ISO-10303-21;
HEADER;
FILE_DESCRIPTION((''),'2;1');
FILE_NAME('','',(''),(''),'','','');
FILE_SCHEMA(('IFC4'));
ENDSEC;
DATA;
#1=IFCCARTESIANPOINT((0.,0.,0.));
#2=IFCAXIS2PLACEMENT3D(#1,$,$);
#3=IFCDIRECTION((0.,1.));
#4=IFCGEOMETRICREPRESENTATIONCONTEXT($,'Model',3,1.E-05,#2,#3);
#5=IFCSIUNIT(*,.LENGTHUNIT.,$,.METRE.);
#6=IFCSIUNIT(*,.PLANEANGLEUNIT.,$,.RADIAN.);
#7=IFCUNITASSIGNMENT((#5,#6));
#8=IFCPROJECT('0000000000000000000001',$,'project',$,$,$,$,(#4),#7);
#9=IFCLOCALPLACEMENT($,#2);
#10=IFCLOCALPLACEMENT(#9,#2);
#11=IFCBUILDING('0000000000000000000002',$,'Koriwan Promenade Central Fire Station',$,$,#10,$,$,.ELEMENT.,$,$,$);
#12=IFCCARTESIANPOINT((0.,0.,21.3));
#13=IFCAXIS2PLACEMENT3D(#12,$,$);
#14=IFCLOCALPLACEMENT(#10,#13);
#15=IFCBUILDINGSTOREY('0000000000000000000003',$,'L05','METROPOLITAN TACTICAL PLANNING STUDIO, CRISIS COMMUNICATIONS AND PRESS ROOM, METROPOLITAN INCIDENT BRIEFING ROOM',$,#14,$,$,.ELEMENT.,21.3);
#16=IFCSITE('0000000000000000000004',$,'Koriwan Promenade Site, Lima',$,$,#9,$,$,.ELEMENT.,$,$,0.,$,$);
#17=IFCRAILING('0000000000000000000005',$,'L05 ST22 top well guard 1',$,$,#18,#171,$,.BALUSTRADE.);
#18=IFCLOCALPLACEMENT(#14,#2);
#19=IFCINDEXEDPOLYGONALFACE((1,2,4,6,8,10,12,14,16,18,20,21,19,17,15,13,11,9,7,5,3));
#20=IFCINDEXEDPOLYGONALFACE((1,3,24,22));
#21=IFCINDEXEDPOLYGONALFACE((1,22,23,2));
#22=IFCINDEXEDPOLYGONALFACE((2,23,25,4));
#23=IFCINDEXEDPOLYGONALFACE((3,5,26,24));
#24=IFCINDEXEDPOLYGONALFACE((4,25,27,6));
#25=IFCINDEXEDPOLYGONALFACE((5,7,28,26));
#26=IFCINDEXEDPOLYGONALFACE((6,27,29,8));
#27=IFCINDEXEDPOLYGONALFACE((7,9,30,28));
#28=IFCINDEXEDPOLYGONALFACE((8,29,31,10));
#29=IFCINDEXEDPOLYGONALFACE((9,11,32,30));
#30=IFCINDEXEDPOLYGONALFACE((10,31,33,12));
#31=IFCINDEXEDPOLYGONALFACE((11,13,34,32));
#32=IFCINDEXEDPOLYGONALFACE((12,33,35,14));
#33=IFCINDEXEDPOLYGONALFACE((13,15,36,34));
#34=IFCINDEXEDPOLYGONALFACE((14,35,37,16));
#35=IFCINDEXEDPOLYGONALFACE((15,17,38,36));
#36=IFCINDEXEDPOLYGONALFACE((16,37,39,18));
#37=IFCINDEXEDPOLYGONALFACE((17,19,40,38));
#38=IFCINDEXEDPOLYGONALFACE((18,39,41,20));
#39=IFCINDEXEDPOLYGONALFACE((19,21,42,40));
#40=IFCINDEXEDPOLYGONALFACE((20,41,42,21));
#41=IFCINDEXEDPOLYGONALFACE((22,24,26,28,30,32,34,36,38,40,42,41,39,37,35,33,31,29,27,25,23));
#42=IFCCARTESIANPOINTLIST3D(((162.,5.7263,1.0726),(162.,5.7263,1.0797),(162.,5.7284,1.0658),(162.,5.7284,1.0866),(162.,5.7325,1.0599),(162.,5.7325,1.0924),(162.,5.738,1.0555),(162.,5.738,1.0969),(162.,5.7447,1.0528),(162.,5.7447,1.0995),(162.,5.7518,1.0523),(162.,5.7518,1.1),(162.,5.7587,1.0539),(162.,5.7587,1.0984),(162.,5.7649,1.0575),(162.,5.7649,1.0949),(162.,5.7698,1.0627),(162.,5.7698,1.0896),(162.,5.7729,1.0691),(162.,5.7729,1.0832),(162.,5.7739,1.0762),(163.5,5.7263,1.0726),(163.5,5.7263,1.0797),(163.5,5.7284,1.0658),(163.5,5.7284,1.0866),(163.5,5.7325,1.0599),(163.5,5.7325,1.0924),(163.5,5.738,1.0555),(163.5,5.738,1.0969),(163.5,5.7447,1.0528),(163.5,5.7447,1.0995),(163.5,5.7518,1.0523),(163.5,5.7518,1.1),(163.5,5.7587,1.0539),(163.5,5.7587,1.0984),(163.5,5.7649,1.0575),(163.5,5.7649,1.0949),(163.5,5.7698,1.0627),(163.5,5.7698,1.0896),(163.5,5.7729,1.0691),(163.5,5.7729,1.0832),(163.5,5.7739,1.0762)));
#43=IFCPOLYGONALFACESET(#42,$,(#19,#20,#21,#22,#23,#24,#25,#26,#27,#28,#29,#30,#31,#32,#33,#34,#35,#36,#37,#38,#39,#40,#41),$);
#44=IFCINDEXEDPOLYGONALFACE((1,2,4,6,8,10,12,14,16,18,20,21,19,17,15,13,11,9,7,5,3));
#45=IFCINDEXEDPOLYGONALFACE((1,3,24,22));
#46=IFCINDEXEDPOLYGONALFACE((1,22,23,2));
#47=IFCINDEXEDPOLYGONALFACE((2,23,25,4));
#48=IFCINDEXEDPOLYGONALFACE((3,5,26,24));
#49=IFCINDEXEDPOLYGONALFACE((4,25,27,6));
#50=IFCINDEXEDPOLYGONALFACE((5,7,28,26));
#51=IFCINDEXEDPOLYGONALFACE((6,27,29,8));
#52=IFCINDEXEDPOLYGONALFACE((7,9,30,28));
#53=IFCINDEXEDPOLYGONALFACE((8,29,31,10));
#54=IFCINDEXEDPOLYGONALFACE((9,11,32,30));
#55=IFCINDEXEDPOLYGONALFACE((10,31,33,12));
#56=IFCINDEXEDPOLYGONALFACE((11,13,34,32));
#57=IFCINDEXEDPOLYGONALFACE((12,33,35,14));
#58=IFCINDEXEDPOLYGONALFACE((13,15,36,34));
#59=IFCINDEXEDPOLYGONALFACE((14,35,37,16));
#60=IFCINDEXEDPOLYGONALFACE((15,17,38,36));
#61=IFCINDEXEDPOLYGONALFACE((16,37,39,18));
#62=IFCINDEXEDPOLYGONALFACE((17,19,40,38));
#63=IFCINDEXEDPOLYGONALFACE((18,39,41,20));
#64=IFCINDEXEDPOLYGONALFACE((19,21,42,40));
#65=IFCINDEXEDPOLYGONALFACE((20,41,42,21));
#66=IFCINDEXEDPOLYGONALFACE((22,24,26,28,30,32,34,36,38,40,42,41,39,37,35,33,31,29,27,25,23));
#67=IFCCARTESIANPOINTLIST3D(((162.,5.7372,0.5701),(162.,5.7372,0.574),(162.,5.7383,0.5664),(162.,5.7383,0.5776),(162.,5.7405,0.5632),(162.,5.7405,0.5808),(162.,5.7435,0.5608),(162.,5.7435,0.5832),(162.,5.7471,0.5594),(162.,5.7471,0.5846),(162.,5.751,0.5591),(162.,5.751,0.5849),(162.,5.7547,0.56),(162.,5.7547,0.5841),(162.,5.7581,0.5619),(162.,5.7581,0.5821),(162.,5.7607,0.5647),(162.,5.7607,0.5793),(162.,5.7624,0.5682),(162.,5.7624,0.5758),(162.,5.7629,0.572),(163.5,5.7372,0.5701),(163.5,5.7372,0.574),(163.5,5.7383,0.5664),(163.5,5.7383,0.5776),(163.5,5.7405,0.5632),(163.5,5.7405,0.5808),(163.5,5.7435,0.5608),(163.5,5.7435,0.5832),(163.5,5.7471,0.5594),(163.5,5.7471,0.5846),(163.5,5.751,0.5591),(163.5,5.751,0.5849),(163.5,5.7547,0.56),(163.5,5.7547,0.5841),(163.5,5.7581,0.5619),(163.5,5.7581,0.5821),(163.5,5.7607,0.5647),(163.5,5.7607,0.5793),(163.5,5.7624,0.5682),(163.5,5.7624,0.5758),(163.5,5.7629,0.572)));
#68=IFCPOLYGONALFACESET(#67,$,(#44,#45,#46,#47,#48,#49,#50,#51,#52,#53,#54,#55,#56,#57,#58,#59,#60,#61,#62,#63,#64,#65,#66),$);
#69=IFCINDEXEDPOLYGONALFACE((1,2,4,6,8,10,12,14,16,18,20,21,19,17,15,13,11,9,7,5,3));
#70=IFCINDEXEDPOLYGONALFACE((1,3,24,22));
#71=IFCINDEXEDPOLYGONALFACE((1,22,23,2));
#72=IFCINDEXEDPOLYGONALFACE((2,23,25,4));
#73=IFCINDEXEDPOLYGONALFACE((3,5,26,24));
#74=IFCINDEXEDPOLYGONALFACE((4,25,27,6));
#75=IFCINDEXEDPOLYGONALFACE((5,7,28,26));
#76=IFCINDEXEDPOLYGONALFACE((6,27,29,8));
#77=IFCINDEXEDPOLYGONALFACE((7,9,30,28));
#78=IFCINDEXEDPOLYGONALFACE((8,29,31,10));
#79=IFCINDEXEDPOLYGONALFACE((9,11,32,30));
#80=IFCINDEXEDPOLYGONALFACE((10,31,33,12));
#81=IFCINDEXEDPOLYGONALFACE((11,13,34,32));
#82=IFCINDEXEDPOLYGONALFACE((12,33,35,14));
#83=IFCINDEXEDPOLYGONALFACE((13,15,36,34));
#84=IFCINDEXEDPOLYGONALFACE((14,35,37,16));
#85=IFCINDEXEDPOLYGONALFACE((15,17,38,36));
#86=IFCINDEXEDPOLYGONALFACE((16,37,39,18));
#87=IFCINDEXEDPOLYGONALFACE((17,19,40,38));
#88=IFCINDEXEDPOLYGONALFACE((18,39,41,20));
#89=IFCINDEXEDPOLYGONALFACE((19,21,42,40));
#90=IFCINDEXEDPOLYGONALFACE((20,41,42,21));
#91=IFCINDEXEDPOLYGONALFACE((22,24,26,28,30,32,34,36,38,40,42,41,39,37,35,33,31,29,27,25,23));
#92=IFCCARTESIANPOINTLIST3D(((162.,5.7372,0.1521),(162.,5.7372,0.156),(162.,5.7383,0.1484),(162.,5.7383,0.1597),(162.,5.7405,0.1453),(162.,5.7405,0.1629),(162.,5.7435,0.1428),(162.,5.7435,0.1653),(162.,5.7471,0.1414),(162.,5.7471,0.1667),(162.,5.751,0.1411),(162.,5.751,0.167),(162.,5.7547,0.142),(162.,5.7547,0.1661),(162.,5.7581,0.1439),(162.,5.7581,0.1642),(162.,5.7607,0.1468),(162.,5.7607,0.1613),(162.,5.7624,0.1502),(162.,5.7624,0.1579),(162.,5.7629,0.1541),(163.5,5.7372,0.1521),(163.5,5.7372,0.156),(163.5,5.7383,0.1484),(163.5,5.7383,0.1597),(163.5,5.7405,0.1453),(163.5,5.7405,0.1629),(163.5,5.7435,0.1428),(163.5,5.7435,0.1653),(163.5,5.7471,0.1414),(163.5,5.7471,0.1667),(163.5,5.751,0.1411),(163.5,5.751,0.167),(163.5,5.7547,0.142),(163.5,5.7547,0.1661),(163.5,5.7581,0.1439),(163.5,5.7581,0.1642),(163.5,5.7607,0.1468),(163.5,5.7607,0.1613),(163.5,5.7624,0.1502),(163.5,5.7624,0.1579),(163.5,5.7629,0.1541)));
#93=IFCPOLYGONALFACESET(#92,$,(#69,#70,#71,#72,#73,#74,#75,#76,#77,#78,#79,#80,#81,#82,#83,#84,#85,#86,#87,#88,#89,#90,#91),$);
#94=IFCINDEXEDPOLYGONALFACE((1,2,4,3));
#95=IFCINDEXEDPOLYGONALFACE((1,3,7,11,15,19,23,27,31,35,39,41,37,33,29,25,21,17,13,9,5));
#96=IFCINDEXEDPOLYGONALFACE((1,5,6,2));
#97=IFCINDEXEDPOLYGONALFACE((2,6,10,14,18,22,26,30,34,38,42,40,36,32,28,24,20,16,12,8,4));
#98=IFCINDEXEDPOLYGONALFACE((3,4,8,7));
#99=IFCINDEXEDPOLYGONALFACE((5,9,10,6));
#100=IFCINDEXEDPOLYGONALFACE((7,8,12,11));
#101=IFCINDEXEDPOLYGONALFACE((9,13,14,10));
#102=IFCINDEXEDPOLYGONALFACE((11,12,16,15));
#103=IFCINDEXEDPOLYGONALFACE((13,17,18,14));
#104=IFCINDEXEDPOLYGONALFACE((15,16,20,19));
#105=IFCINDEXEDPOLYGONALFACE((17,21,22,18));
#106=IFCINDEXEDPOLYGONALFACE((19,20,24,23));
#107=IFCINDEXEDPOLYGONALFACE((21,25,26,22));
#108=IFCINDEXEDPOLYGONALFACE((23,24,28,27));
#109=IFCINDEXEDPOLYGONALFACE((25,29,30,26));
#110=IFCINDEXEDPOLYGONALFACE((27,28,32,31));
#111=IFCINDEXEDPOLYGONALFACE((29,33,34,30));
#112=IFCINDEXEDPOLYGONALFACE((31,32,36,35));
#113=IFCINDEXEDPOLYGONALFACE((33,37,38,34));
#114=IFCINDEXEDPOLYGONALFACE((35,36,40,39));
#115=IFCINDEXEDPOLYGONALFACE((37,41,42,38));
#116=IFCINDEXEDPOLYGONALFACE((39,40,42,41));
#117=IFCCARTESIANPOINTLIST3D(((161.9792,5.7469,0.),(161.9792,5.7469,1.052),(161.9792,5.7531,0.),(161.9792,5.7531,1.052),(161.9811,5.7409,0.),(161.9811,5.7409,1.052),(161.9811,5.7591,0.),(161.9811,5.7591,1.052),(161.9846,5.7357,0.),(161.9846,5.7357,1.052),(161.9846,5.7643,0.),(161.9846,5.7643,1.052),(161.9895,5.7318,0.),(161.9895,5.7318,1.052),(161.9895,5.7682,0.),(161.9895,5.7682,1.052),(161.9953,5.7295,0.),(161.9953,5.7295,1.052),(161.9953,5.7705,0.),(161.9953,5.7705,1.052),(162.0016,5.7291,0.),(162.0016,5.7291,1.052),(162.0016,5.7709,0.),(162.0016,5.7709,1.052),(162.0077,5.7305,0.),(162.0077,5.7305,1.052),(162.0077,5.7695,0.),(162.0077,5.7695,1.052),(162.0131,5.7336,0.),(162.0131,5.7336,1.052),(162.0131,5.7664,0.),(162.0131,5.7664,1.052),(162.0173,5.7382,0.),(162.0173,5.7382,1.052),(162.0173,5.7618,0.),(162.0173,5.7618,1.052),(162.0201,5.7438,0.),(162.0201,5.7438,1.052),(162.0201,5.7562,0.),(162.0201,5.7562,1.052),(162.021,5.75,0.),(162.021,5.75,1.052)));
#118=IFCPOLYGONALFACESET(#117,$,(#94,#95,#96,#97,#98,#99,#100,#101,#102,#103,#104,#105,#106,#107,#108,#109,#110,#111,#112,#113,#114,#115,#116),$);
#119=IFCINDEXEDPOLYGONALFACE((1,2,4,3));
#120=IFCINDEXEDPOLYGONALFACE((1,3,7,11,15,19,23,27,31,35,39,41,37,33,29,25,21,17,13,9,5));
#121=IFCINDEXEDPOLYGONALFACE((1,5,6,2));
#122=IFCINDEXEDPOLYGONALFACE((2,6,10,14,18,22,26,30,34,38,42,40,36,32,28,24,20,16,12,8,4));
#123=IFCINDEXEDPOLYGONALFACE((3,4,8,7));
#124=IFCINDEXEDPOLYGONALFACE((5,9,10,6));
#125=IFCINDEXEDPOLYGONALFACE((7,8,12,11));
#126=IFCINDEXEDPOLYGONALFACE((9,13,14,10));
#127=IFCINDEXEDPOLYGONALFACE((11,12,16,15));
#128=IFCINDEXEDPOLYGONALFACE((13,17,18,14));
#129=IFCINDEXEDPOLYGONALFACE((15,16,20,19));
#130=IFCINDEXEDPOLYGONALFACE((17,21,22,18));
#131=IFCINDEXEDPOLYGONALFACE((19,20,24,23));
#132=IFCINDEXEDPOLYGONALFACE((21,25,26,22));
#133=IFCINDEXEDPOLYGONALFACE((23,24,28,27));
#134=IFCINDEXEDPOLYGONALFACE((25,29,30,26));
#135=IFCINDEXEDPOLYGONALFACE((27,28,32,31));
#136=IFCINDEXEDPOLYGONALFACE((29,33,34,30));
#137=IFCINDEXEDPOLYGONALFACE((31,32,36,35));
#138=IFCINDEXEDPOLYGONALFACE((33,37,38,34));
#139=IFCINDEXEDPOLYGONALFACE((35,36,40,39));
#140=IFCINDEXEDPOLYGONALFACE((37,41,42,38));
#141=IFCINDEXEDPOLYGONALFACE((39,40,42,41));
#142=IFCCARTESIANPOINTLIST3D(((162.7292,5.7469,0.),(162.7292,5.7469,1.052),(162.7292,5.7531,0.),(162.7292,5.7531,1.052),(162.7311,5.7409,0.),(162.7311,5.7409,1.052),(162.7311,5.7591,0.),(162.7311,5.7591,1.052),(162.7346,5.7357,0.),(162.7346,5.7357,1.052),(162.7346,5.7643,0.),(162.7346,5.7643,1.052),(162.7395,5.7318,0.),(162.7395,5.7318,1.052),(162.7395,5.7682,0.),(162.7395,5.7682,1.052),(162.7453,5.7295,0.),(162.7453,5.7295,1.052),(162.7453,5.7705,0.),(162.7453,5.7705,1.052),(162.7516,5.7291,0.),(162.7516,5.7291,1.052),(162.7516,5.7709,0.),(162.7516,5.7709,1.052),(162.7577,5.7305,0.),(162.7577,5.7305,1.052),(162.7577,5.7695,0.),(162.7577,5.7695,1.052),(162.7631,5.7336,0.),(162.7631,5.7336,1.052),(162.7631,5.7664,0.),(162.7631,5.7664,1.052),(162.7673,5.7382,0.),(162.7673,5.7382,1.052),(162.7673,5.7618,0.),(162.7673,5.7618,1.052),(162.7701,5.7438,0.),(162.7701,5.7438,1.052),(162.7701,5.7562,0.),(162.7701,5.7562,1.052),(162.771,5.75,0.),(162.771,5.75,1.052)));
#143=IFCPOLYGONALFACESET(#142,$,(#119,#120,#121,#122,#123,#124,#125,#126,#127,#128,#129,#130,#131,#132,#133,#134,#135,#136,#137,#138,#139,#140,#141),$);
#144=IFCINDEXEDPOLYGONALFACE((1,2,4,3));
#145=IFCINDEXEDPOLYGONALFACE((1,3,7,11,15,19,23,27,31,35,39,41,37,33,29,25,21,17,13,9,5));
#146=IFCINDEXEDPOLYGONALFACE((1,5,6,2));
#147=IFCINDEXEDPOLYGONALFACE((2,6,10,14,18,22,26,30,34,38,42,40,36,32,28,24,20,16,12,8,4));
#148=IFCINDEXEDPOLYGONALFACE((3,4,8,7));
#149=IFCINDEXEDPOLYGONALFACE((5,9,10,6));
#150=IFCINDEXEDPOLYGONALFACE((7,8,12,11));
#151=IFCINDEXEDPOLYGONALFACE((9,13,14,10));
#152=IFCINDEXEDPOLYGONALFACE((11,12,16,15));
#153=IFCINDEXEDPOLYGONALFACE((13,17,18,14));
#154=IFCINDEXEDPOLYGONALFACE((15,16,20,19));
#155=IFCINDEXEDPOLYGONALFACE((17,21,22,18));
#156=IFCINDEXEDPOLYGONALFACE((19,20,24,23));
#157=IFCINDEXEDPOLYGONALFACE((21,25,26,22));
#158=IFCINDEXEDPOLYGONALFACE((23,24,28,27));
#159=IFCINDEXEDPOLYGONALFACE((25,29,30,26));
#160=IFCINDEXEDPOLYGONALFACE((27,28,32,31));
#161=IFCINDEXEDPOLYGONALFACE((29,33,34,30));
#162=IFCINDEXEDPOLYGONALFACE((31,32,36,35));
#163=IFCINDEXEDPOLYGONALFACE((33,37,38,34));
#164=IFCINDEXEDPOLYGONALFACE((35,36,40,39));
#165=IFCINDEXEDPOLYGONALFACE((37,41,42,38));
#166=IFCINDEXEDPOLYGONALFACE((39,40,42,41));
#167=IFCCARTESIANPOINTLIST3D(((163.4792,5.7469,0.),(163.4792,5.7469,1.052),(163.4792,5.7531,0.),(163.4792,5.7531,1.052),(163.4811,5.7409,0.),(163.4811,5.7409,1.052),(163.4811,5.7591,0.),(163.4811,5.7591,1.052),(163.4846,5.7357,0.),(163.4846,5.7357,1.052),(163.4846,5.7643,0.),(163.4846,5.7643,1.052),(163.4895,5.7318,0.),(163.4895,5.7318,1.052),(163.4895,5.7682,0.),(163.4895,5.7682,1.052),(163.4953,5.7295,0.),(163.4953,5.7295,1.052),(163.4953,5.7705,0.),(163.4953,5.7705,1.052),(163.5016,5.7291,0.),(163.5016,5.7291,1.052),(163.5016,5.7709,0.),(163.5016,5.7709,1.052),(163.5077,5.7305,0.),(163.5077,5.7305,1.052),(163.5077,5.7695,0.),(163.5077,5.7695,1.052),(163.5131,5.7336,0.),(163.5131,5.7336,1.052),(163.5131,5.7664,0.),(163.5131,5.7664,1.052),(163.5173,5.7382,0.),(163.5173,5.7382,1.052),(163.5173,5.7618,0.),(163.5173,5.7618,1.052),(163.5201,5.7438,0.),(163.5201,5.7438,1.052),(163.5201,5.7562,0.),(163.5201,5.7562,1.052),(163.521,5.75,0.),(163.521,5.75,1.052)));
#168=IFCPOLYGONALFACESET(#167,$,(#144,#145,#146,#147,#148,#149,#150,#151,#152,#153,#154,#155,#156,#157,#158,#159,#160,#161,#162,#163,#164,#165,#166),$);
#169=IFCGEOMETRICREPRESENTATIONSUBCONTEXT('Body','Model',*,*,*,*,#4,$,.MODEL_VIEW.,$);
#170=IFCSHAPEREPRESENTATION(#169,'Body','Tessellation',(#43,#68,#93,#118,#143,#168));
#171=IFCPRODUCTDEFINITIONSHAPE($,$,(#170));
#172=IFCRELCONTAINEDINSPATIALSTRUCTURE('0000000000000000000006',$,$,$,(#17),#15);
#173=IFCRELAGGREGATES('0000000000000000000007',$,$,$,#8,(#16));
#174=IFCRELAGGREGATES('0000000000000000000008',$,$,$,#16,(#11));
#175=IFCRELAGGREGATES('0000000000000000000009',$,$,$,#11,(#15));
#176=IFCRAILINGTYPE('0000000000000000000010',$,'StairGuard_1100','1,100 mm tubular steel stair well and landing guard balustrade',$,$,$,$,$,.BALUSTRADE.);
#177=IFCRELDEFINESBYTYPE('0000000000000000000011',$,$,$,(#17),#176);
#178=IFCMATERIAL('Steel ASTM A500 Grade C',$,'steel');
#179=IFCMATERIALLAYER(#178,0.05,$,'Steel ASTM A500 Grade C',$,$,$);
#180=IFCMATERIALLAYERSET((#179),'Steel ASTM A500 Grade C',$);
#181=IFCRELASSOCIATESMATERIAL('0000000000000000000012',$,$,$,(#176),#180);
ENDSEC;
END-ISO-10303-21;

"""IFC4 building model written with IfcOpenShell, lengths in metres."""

from ifc_helpers import new_model, si_unit, direction, frame, origin, origin_2d, place, context, subcontext, project, spatial, circle, extrude, material, layer, layer_set, type_object, element, save


model = new_model("IFC4")

# Units and contexts
model_context = context("Model", 3, precision=1e-05, world=origin(), true_north=direction((0.0, 1.0)))
body_context = subcontext(model_context, "Body", "Model", "MODEL_VIEW")
ifc_project = project(units=[si_unit("LENGTHUNIT", "METRE"), si_unit("PLANEANGLEUNIT", "RADIAN")], contexts=[model_context])

# Site, building, storey
site_placement = place(None, origin())
site = spatial("IfcSite", under=ifc_project, at=site_placement, Name="Koriwan Promenade Site, Lima", CompositionType="ELEMENT", RefElevation=0.0)
building_placement = place(site_placement, origin())
building = spatial("IfcBuilding", under=site, at=building_placement, Name="Koriwan Promenade Central Fire Station", CompositionType="ELEMENT")
storey_placement = place(building_placement, frame((0.0, 0.0, 21.3)))
storey = spatial("IfcBuildingStorey", under=building, at=storey_placement, Name="L05", Description="METROPOLITAN TACTICAL PLANNING STUDIO, CRISIS COMMUNICATIONS AND PRESS ROOM, METROPOLITAN INCIDENT BRIEFING ROOM", CompositionType="ELEMENT", Elevation=21.3)

# Railing
ifc_material_1 = material(Name="Steel ASTM A500 Grade C", Category="steel")
ifc_layer_1 = layer(ifc_material_1, 0.05, Name="Steel ASTM A500 Grade C")
ifc_layer_set_1 = layer_set([ifc_layer_1], Name="Steel ASTM A500 Grade C")
railing_type = type_object("IfcRailingType", Name="StairGuard_1100", Description="1,100 mm tubular steel stair well and landing guard balustrade", PredefinedType="BALUSTRADE", material=ifc_layer_set_1)
railing_placement = place(storey_placement, frame((162.0, 5.75, 0.0)))
element("IfcRailing", 1, at=railing_placement, inside=storey, type_object=railing_type, Name="L05 ST22 top well guard 1", PredefinedType="BALUSTRADE", context=body_context, shape_type="SweptSolid", body=[
    extrude(circle(Radius=0.0239, at=origin_2d()), frame((0.0, 0.0, 1.0762), z_axis=(1.0, 0.0, 0.0), x_axis=(0.0, 1.0, 0.0)), (0.0, 0.0, 1.0), 1.5),
    extrude(circle(Radius=0.0129, at=origin_2d()), frame((0.0, 0.0, 0.572), z_axis=(1.0, 0.0, 0.0), x_axis=(0.0, 1.0, 0.0)), (0.0, 0.0, 1.0), 1.5),
    extrude(circle(Radius=0.0129, at=origin_2d()), frame((0.0, 0.0, 0.1541), z_axis=(1.0, 0.0, 0.0), x_axis=(0.0, 1.0, 0.0)), (0.0, 0.0, 1.0), 1.5),
    extrude(circle(Radius=0.021, at=origin_2d()), origin(), (0.0, 0.0, 1.0), 1.052),
    extrude(circle(Radius=0.021, at=origin_2d()), frame((0.75, 0.0, 0.0)), (0.0, 0.0, 1.0), 1.052),
    extrude(circle(Radius=0.021, at=origin_2d()), frame((1.5, 0.0, 0.0)), (0.0, 0.0, 1.0), 1.052),
])

save(model, "model.ifc")
